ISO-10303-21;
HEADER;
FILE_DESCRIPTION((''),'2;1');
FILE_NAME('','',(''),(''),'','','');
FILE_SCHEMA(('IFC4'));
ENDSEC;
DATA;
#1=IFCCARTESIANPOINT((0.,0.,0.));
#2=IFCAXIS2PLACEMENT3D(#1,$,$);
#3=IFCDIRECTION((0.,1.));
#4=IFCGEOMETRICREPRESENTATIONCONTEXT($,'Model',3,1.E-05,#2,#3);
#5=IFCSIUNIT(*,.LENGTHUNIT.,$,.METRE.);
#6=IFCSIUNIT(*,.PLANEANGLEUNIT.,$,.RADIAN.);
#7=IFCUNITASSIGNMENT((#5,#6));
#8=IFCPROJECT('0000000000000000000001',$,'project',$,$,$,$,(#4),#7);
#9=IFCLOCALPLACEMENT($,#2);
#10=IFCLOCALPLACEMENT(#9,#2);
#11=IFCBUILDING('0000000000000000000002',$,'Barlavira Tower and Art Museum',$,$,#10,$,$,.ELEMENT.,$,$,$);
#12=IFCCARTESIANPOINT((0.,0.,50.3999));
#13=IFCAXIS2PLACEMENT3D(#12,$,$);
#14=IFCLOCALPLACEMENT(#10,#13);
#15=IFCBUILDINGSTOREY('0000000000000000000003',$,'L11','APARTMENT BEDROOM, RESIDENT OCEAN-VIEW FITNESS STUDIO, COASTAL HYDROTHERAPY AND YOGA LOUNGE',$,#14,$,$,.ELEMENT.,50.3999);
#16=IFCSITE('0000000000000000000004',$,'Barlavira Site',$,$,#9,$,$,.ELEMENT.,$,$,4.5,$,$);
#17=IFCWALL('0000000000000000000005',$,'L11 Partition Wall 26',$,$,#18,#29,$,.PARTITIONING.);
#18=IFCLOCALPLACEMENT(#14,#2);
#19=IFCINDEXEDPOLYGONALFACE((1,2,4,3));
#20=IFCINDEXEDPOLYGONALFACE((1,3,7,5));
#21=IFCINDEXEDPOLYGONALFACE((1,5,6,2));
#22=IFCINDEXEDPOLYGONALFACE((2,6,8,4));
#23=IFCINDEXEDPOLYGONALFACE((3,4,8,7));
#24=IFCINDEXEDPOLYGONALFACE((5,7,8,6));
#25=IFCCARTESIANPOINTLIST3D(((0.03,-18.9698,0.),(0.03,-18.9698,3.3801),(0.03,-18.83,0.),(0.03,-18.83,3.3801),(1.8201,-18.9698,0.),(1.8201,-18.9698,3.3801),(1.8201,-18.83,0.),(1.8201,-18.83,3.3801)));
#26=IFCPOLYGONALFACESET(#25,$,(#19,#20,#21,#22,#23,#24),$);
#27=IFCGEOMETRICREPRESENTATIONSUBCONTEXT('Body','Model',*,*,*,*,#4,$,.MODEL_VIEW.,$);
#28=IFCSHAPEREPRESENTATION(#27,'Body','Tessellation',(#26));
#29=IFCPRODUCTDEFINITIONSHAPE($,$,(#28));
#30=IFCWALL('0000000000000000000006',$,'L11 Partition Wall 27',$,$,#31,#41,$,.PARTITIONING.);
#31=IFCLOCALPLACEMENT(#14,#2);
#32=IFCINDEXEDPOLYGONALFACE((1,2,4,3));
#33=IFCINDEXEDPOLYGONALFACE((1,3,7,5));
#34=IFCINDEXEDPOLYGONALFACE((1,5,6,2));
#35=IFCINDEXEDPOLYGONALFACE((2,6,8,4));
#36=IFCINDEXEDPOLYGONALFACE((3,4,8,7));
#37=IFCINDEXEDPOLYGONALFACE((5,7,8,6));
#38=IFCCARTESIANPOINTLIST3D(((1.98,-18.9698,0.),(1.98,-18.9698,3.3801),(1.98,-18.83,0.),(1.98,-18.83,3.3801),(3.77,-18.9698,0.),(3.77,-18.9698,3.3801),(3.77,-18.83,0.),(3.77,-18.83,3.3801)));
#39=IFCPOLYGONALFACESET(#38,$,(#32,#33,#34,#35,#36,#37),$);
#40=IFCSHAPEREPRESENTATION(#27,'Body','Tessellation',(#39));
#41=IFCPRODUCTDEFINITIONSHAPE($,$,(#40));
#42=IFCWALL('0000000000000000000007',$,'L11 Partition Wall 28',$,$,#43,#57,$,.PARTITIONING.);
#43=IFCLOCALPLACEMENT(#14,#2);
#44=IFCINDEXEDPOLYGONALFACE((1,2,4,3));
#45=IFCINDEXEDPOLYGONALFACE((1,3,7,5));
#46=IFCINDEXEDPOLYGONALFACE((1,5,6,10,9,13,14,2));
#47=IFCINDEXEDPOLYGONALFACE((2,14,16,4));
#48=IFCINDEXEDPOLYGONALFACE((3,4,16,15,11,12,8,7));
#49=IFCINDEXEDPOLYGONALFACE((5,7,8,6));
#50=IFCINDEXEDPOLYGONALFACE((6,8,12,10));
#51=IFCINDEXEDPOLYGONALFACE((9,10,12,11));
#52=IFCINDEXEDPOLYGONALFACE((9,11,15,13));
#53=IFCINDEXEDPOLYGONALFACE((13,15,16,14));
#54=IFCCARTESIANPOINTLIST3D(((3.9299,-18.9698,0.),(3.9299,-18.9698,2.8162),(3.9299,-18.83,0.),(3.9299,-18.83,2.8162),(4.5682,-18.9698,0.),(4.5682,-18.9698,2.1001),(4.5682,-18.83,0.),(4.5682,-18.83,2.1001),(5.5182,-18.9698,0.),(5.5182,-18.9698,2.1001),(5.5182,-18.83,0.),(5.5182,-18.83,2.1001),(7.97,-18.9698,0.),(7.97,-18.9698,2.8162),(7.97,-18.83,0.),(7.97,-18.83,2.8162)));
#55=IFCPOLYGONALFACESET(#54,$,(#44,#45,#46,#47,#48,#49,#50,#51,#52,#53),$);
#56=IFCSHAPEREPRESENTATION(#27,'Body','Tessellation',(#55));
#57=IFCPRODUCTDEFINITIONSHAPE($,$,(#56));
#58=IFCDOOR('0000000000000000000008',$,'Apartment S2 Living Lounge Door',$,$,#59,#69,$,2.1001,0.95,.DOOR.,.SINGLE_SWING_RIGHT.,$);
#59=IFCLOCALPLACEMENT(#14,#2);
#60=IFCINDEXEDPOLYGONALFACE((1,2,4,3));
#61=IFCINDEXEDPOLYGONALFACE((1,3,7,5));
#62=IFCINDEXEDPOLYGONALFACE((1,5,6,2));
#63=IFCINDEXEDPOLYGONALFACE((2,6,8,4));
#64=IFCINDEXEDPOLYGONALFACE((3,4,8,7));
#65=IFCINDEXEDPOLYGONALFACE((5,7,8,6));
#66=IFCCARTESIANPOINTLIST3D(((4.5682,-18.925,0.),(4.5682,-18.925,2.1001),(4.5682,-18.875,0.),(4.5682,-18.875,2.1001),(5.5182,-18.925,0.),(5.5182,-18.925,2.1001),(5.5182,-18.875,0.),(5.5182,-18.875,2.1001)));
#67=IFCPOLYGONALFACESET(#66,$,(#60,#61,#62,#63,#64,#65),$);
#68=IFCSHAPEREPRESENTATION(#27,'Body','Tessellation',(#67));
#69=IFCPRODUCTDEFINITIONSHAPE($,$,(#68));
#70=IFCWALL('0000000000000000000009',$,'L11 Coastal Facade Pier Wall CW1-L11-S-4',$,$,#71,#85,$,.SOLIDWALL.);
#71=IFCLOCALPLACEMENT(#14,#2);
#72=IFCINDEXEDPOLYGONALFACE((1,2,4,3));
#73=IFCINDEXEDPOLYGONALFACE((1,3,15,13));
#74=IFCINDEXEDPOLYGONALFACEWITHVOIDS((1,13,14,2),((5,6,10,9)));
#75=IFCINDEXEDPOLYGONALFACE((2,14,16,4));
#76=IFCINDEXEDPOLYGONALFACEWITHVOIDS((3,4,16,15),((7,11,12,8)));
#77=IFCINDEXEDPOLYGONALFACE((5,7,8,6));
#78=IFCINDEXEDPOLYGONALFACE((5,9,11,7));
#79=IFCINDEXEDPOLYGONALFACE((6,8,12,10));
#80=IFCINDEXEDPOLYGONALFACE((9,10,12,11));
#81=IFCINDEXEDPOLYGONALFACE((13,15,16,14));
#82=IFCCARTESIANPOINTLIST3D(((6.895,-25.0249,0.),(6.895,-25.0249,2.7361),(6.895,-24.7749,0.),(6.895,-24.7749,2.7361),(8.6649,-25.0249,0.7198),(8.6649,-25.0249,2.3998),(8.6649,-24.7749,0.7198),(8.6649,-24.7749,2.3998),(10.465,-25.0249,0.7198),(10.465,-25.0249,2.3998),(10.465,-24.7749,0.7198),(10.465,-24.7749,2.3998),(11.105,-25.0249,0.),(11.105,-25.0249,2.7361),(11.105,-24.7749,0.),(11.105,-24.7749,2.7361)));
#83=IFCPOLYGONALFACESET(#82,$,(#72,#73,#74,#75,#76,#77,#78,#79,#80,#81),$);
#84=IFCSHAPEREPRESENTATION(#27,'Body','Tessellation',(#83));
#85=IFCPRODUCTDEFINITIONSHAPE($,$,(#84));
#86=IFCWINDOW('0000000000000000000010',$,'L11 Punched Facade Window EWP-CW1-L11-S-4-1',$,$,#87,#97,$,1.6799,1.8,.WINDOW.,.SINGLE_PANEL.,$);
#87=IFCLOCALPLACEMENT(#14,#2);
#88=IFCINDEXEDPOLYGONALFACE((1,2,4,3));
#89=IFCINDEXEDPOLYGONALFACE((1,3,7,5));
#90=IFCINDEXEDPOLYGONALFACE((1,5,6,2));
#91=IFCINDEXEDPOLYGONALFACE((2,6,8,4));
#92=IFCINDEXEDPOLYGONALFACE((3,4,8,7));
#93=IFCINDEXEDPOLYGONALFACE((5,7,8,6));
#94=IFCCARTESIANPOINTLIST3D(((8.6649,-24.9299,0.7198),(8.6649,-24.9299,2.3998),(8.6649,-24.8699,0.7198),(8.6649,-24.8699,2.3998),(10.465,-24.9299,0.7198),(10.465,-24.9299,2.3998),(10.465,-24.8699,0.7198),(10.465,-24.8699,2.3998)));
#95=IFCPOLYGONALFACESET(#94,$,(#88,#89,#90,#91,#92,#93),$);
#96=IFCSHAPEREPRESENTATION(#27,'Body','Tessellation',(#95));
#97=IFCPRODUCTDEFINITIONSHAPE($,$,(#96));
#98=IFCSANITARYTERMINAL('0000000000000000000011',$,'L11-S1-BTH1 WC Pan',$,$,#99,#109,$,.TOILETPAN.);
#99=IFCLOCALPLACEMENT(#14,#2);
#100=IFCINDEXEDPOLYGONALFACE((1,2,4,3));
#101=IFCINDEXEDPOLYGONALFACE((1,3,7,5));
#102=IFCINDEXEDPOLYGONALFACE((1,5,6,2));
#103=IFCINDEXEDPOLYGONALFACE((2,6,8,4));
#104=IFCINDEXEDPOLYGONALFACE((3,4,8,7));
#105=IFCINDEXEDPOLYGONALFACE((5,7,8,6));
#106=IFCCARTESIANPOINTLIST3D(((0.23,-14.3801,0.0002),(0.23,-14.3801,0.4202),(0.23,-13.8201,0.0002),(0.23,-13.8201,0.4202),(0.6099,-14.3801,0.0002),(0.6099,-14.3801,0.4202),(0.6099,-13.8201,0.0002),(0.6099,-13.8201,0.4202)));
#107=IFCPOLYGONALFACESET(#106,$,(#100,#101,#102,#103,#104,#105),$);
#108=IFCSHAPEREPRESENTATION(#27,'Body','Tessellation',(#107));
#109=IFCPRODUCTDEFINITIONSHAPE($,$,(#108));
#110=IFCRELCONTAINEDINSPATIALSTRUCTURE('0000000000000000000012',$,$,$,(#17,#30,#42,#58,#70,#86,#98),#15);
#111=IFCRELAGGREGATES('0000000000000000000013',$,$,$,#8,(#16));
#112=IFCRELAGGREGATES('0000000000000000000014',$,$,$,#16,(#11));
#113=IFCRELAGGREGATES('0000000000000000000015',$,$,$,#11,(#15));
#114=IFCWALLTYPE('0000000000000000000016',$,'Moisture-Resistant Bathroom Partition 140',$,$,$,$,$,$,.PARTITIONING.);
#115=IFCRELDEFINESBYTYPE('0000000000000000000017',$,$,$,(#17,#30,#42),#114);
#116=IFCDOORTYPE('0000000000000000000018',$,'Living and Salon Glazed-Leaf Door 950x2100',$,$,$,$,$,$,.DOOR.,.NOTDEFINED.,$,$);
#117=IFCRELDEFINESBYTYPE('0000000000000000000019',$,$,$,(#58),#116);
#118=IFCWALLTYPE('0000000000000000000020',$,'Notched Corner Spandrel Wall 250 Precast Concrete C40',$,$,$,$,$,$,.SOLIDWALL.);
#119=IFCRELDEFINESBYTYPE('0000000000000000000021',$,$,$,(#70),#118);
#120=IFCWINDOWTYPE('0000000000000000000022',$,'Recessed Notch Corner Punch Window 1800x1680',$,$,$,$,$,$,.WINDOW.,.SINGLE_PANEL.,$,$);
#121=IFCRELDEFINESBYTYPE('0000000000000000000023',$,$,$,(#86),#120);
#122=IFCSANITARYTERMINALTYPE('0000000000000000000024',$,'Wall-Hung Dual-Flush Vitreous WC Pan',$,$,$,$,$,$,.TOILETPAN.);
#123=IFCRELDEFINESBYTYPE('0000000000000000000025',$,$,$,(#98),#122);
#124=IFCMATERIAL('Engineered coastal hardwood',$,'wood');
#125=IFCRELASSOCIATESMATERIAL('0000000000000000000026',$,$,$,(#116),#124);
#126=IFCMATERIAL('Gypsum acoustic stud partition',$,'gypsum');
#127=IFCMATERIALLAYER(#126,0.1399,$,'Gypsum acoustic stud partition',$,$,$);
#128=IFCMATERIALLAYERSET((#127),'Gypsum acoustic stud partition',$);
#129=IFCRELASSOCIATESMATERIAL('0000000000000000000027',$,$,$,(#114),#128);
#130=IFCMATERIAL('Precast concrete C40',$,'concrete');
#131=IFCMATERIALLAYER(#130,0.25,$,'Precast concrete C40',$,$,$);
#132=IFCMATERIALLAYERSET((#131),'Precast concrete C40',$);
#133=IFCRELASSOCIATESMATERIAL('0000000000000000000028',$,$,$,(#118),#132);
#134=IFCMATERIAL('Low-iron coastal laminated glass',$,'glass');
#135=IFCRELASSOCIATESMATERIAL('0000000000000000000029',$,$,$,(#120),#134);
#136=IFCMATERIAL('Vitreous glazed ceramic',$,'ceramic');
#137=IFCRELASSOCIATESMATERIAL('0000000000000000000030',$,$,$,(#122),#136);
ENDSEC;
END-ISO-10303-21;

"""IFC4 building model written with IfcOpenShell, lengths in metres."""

from ifc_helpers import new_model, si_unit, direction, frame, frame_2d, origin, origin_2d, place, context, subcontext, project, spatial, rectangle, extrude, material, layer, layer_set, type_object, element, fill, save


model = new_model("IFC4")

# Units and contexts
model_context = context("Model", 3, precision=1e-05, world=origin(), true_north=direction((0.0, 1.0)))
body_context = subcontext(model_context, "Body", "Model", "MODEL_VIEW")
ifc_project = project(units=[si_unit("LENGTHUNIT", "METRE"), si_unit("PLANEANGLEUNIT", "RADIAN")], contexts=[model_context])

# Site, building, storey
site_placement = place(None, origin())
site = spatial("IfcSite", under=ifc_project, at=site_placement, Name="Barlavira Site", CompositionType="ELEMENT", RefElevation=4.5)
building_placement = place(site_placement, origin())
building = spatial("IfcBuilding", under=site, at=building_placement, Name="Barlavira Tower and Art Museum", CompositionType="ELEMENT")
storey_placement = place(building_placement, frame((0.0, 0.0, 50.3999)))
storey = spatial("IfcBuildingStorey", under=building, at=storey_placement, Name="L11", Description="APARTMENT BEDROOM, RESIDENT OCEAN-VIEW FITNESS STUDIO, COASTAL HYDROTHERAPY AND YOGA LOUNGE", CompositionType="ELEMENT", Elevation=50.3999)

# Shared definitions
ifc_material_1 = material(Name="Low-iron coastal laminated glass", Category="glass")

# Shared definitions
ifc_material_2 = material(Name="Gypsum acoustic stud partition", Category="gypsum")
ifc_material_3 = material(Name="Engineered coastal hardwood", Category="wood")
door_type_1 = type_object("IfcDoorType", Name="Living and Salon Glazed-Leaf Door 950x2100", OperationType="NOTDEFINED", PredefinedType="DOOR", material=ifc_material_3)

# Shared definitions
ifc_layer_1 = layer(ifc_material_2, 0.1399, Name="Gypsum acoustic stud partition")
ifc_layer_set_1 = layer_set([ifc_layer_1], Name="Gypsum acoustic stud partition")
wall_type_1 = type_object("IfcWallType", Name="Moisture-Resistant Bathroom Partition 140", PredefinedType="PARTITIONING", material=ifc_layer_set_1)

# Walls
for number, where, z_axis, x_axis, name in (
    (1, (0.03, -18.8999, 0.0), (0.0, 0.0, 1.0), (1.0, 0.0, 0.0), "L11 Partition Wall 26"),
    (2, (1.98, -18.8999, 0.0), (0.0, 0.0, 1.0), (1.0, 0.0, 0.0), "L11 Partition Wall 27"),
):
    element("IfcWall", number, at=place(storey_placement, frame(where, z_axis=z_axis, x_axis=x_axis)), inside=storey, type_object=wall_type_1, Name=name, PredefinedType="PARTITIONING", context=body_context, shape_type="SweptSolid", body=[
        extrude(rectangle(XDim=1.79, YDim=0.1399, at=frame_2d((0.895, 0.0))), origin(), (0.0, 0.0, 1.0), 3.3801),
    ])

# Wall, opening, door
wall_1_placement = place(storey_placement, frame((3.9299, -18.8999, 0.0), z_axis=(0.0, 0.0, 1.0), x_axis=(1.0, 0.0, 0.0)))
wall_1 = element("IfcWall", 3, at=wall_1_placement, inside=storey, type_object=wall_type_1, Name="L11 Partition Wall 28", PredefinedType="PARTITIONING", context=body_context, shape_type="SweptSolid", body=[
    extrude(rectangle(XDim=4.04, YDim=0.1399, at=frame_2d((2.02, 0.0))), origin(), (0.0, 0.0, 1.0), 2.8162),
])
opening_1_placement = place(wall_1_placement, frame((0.6382, 0.0, 0.0)))
opening_1 = element("IfcOpeningElement", 4, at=opening_1_placement, cuts=wall_1, PredefinedType="OPENING", context=body_context, shape_type="SweptSolid", body=[
    extrude(rectangle(XDim=0.95, YDim=2.1001, at=frame_2d((0.4751, 1.05))), frame((0.0, 0.0801, 0.0), z_axis=(0.0, -1.0, 0.0), x_axis=(1.0, 0.0, 0.0)), (0.0, 0.0, 1.0), 0.1599),
])
door_1_placement = place(opening_1_placement, origin())
door_1 = element("IfcDoor", 5, at=door_1_placement, inside=storey, type_object=door_type_1, Name="Apartment S2 Living Lounge Door", OperationType="SINGLE_SWING_RIGHT", OverallHeight=2.1001, OverallWidth=0.95, PredefinedType="DOOR", context=body_context, shape_type="SweptSolid", body=[
    extrude(rectangle(XDim=0.95, YDim=2.1001, at=frame_2d((0.4751, 1.05))), frame((0.0, 0.0249, 0.0), z_axis=(0.0, -1.0, 0.0), x_axis=(1.0, 0.0, 0.0)), (0.0, 0.0, 1.0), 0.05),
])
fill(opening_1, door_1)

# Wall, opening, window
ifc_material_4 = material(Name="Precast concrete C40", Category="concrete")
ifc_layer_2 = layer(ifc_material_4, 0.25, Name="Precast concrete C40")
ifc_layer_set_2 = layer_set([ifc_layer_2], Name="Precast concrete C40")
wall_type_2 = type_object("IfcWallType", Name="Notched Corner Spandrel Wall 250 Precast Concrete C40", PredefinedType="SOLIDWALL", material=ifc_layer_set_2)
wall_2_placement = place(storey_placement, frame((6.895, -24.8999, 0.0), z_axis=(0.0, 0.0, 1.0), x_axis=(1.0, 0.0, 0.0)))
wall_2 = element("IfcWall", 6, at=wall_2_placement, inside=storey, type_object=wall_type_2, Name="L11 Coastal Facade Pier Wall CW1-L11-S-4", PredefinedType="SOLIDWALL", context=body_context, shape_type="SweptSolid", body=[
    extrude(rectangle(XDim=4.21, YDim=0.25, at=frame_2d((2.105, 0.0))), origin(), (0.0, 0.0, 1.0), 2.7361),
])
opening_2_placement = place(wall_2_placement, frame((1.77, 0.0, 0.72)))
opening_2 = element("IfcOpeningElement", 7, at=opening_2_placement, cuts=wall_2, PredefinedType="OPENING", context=body_context, shape_type="SweptSolid", body=[
    extrude(rectangle(XDim=1.8, YDim=1.6799, at=frame_2d((0.8999, 0.8398))), frame((0.0, 0.135, 0.0), z_axis=(0.0, -1.0, 0.0), x_axis=(1.0, 0.0, 0.0)), (0.0, 0.0, 1.0), 0.27),
])
window_type = type_object("IfcWindowType", Name="Recessed Notch Corner Punch Window 1800x1680", PartitioningType="SINGLE_PANEL", PredefinedType="WINDOW", material=ifc_material_1)
window_placement = place(opening_2_placement, origin())
window = element("IfcWindow", 8, at=window_placement, inside=storey, type_object=window_type, Name="L11 Punched Facade Window EWP-CW1-L11-S-4-1", OverallHeight=1.6799, OverallWidth=1.8, PartitioningType="SINGLE_PANEL", PredefinedType="WINDOW", context=body_context, shape_type="SweptSolid", body=[
    extrude(rectangle(XDim=1.8, YDim=1.6799, at=frame_2d((0.8999, 0.8398))), frame((0.0, 0.03, 0.0), z_axis=(0.0, -1.0, 0.0), x_axis=(1.0, 0.0, 0.0)), (0.0, 0.0, 1.0), 0.0601),
])
fill(opening_2, window)

# Sanitary terminal
ifc_material_5 = material(Name="Vitreous glazed ceramic", Category="ceramic")
sanitary_terminal_type = type_object("IfcSanitaryTerminalType", Name="Wall-Hung Dual-Flush Vitreous WC Pan", PredefinedType="TOILETPAN", material=ifc_material_5)
sanitary_terminal_placement = place(storey_placement, frame((0.4199, -14.1001, 0.0002), z_axis=(0.0, 0.0, 1.0), x_axis=(1.0, 0.0, 0.0)))
element("IfcSanitaryTerminal", 9, at=sanitary_terminal_placement, inside=storey, type_object=sanitary_terminal_type, Name="L11-S1-BTH1 WC Pan", PredefinedType="TOILETPAN", context=body_context, shape_type="SweptSolid", body=[
    extrude(rectangle(XDim=0.3799, YDim=0.5601, at=origin_2d()), origin(), (0.0, 0.0, 1.0), 0.4199),
])

save(model, "model.ifc")
